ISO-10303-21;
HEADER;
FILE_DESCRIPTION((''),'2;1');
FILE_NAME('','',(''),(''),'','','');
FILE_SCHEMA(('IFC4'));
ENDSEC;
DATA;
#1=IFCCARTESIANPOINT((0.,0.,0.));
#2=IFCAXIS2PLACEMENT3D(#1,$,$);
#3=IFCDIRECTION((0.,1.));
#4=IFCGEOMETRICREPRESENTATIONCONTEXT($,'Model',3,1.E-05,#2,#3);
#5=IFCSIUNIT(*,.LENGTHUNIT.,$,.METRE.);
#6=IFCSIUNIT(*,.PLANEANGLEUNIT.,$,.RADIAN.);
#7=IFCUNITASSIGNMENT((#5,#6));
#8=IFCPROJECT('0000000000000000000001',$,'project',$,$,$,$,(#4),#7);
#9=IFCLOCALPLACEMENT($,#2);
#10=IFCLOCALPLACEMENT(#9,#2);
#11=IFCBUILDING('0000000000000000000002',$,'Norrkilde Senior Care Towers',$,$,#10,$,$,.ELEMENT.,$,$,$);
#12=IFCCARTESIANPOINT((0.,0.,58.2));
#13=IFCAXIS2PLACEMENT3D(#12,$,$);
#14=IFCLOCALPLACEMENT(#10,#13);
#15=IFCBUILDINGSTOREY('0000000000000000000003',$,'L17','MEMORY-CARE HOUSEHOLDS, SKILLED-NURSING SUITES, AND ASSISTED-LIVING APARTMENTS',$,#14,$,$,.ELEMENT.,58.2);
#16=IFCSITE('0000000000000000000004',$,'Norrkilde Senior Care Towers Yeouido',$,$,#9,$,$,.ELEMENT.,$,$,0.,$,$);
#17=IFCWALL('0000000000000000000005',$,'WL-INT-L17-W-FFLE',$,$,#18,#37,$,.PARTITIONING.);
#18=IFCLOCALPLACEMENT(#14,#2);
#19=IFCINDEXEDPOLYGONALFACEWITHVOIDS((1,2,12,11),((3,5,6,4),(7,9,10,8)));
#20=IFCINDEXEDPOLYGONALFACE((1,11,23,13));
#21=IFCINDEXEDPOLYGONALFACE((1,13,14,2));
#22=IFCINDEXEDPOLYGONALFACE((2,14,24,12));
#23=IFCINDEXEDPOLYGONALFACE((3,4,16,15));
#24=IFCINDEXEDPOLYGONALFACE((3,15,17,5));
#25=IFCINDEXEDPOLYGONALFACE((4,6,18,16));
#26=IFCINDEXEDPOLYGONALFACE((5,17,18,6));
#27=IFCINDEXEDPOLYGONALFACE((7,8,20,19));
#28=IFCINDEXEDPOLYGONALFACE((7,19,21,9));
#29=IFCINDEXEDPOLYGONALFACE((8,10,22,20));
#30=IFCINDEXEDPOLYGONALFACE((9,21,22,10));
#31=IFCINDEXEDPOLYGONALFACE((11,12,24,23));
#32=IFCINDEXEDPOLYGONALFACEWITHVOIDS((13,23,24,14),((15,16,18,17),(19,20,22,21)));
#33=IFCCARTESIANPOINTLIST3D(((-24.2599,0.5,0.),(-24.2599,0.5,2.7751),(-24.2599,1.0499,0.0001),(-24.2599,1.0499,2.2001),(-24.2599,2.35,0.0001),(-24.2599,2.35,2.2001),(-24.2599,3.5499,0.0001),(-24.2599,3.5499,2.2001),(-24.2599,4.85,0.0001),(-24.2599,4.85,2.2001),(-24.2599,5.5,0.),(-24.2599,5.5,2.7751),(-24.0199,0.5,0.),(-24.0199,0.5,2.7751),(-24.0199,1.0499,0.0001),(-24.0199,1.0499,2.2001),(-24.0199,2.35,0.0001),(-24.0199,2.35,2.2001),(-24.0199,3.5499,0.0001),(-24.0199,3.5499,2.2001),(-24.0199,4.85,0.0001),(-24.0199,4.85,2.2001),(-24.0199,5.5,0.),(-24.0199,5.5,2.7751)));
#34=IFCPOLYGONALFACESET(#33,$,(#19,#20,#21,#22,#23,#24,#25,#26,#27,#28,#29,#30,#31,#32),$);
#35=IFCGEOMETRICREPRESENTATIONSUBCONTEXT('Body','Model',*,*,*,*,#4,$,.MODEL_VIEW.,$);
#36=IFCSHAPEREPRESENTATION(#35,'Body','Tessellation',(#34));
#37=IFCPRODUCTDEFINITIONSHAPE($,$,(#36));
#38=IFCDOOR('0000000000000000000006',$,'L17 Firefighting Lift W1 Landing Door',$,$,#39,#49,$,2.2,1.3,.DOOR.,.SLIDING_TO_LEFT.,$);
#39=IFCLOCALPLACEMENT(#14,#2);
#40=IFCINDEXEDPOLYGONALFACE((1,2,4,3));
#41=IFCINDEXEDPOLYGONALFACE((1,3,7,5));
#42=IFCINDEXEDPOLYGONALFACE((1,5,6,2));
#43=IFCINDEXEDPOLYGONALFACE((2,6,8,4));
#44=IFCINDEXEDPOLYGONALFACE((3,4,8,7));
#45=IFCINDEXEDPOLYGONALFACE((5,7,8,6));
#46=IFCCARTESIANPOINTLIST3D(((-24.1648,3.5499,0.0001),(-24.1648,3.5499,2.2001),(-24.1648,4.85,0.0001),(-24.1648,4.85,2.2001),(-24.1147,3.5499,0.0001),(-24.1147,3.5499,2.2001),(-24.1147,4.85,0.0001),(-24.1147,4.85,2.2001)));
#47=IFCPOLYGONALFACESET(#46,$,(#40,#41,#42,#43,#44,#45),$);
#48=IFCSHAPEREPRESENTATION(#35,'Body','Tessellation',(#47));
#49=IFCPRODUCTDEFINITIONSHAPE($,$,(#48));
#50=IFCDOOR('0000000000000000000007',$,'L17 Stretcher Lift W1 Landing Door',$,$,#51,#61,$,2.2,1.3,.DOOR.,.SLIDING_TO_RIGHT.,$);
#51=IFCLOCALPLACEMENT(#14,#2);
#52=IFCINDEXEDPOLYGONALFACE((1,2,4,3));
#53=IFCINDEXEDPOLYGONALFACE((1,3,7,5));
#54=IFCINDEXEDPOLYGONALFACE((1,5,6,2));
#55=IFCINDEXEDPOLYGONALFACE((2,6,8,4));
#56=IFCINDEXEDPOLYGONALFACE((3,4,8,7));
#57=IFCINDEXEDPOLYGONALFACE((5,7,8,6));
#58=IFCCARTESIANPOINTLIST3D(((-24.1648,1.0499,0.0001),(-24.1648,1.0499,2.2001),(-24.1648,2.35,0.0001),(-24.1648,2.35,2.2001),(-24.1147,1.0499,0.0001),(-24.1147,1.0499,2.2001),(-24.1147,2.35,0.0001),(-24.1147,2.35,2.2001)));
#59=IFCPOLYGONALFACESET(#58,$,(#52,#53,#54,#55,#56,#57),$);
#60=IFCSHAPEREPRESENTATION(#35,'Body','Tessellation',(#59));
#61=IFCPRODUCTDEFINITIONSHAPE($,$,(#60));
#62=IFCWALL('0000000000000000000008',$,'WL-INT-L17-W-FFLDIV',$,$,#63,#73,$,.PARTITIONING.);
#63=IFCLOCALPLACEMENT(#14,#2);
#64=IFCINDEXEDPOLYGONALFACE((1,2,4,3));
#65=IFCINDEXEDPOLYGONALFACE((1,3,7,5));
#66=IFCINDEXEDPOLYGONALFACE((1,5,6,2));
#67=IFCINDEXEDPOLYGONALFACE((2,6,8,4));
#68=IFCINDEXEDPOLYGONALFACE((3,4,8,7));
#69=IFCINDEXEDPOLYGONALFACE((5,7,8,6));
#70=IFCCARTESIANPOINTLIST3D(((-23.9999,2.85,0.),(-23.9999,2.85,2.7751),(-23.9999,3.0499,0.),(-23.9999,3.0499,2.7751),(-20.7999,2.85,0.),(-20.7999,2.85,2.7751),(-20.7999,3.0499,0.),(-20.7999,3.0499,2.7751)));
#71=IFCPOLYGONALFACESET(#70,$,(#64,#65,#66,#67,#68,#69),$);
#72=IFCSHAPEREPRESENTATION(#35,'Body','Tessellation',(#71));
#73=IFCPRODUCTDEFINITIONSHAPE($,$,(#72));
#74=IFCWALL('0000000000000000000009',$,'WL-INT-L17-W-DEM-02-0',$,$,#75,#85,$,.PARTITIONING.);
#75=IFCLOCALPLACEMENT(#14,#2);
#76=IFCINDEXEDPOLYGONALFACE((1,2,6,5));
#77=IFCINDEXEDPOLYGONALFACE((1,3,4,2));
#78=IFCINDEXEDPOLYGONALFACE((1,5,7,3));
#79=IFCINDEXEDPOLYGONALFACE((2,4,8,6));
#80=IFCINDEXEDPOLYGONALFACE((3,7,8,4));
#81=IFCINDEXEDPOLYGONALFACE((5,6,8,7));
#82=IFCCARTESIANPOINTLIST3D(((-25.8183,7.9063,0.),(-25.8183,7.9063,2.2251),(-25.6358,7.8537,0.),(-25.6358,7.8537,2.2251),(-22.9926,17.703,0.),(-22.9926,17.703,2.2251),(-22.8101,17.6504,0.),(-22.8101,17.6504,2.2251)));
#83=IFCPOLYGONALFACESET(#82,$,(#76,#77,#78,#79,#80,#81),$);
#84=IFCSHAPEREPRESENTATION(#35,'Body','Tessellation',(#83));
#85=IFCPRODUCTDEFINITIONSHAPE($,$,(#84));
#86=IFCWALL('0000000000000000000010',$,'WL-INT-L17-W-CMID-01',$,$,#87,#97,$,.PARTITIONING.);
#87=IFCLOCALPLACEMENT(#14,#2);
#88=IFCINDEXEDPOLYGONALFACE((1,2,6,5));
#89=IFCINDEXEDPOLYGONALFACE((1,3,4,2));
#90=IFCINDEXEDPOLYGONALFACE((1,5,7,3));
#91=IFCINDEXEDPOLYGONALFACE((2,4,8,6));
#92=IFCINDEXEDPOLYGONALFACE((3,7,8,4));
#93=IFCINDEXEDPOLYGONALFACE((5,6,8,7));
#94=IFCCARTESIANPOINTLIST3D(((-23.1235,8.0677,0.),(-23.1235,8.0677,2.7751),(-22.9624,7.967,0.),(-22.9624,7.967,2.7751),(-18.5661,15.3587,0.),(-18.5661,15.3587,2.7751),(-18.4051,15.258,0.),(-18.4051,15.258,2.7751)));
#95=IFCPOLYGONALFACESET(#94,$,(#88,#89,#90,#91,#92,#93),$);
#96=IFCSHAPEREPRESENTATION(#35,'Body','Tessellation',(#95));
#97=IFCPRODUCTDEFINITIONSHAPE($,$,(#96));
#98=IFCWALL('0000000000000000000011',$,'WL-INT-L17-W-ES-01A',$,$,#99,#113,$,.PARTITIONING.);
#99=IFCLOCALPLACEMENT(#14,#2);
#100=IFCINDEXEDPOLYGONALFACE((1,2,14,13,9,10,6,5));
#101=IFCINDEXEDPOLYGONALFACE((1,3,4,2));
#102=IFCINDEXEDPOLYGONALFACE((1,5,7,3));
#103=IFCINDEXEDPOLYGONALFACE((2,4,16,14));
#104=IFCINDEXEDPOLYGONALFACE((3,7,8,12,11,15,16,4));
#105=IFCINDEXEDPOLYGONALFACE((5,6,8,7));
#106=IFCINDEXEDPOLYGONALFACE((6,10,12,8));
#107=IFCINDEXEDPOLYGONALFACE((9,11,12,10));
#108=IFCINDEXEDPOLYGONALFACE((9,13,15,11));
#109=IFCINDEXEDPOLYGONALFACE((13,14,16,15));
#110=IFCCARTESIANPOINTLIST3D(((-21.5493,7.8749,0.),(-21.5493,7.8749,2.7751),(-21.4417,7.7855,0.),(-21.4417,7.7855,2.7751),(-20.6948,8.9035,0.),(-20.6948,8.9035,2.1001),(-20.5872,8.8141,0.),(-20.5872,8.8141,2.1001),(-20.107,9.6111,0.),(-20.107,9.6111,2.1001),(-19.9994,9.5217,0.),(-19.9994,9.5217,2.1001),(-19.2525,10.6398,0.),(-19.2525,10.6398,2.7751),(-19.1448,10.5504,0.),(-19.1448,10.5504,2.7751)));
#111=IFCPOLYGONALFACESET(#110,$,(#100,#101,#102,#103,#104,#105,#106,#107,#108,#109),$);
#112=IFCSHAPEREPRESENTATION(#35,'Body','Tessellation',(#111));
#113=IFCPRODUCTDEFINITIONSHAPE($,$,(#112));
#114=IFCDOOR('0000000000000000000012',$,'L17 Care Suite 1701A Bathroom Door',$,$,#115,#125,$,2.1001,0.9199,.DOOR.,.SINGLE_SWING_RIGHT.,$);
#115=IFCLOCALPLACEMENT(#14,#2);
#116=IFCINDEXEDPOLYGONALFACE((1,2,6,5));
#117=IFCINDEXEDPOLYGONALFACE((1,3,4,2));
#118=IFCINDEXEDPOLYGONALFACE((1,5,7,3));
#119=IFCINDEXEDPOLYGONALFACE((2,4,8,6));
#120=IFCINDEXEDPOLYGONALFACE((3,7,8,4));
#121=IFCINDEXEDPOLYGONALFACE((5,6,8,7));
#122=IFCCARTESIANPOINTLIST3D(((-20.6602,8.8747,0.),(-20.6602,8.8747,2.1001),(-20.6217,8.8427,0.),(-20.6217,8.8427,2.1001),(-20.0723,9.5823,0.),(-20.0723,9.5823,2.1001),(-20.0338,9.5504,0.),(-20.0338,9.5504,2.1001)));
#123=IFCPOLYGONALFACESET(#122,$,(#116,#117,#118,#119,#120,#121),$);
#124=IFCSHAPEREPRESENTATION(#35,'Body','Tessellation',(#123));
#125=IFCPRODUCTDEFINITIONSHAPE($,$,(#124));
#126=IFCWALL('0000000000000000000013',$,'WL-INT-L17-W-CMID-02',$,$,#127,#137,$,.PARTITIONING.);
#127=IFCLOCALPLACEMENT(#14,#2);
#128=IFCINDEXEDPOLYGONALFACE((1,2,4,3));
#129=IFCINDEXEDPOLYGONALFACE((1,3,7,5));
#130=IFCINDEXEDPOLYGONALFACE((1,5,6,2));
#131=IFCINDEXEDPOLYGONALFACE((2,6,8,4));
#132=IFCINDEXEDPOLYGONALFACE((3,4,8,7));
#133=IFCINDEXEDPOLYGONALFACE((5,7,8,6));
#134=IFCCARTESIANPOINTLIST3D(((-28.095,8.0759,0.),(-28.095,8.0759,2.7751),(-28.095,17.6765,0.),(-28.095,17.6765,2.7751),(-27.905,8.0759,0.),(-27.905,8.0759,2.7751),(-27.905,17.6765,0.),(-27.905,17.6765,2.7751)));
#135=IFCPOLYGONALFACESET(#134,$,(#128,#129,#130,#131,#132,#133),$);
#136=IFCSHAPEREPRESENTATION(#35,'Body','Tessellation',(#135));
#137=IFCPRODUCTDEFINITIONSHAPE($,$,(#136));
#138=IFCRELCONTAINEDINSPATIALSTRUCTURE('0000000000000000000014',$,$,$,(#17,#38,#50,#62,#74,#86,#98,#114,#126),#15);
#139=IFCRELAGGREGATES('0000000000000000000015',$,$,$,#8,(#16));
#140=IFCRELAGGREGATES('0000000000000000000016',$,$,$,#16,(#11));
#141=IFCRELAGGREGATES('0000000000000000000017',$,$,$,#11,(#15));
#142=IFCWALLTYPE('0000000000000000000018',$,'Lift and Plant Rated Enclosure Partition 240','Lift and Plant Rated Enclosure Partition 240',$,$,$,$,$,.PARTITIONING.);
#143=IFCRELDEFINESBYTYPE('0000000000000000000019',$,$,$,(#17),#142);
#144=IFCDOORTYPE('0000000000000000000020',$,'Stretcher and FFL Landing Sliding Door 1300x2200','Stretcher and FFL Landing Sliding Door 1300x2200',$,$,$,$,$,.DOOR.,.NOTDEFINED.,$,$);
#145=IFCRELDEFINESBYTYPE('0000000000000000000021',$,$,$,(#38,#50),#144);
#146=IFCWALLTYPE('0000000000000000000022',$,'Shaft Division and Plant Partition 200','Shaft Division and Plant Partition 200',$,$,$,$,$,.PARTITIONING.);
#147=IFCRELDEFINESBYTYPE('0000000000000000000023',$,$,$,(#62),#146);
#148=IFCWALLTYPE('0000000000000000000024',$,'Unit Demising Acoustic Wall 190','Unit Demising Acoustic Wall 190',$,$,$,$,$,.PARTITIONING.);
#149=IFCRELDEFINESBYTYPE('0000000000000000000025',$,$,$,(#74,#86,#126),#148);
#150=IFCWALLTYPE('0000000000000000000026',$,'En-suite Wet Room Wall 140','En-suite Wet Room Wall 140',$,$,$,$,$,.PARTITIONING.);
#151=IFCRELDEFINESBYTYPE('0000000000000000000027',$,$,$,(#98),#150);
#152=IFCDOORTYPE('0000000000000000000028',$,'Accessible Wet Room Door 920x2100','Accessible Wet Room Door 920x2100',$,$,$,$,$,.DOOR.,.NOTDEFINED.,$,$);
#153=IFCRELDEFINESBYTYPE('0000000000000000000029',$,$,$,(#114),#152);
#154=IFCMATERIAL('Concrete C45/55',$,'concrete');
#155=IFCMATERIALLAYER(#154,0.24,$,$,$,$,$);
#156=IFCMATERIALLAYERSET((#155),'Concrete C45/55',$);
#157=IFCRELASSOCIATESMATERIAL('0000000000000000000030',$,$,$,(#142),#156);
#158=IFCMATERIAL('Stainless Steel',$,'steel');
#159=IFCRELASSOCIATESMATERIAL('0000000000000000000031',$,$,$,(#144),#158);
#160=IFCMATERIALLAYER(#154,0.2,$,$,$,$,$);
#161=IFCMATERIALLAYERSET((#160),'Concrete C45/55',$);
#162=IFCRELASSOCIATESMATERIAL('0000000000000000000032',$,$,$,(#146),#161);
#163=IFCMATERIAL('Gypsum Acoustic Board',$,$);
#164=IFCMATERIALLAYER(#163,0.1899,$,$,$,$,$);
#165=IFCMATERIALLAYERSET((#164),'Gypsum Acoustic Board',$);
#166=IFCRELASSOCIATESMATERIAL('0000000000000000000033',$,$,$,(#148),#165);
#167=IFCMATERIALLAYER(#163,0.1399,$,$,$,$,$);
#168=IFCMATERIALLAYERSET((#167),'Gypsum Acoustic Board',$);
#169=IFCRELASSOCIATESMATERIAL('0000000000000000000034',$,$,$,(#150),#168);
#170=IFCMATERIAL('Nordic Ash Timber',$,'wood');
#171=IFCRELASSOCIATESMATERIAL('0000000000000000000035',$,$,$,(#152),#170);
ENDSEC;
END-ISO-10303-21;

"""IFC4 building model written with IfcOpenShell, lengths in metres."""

from ifc_helpers import new_model, si_unit, direction, frame, frame_2d, origin, place, context, subcontext, project, spatial, rectangle, extrude, source, transform, mapped, material, layer, layer_set, type_object, type_shapes, element, fill, save


model = new_model("IFC4")

# Units and contexts
model_context = context("Model", 3, precision=1e-05, world=origin(), true_north=direction((0.0, 1.0)))
body_context = subcontext(model_context, "Body", "Model", "MODEL_VIEW")
ifc_project = project(units=[si_unit("LENGTHUNIT", "METRE"), si_unit("PLANEANGLEUNIT", "RADIAN")], contexts=[model_context])

# Site, building, storey
site_placement = place(None, origin())
site = spatial("IfcSite", under=ifc_project, at=site_placement, Name="Norrkilde Senior Care Towers Yeouido", CompositionType="ELEMENT", RefElevation=0.0)
building_placement = place(site_placement, origin())
building = spatial("IfcBuilding", under=site, at=building_placement, Name="Norrkilde Senior Care Towers", CompositionType="ELEMENT")
storey_placement = place(building_placement, frame((0.0, 0.0, 58.2)))
storey = spatial("IfcBuildingStorey", under=building, at=storey_placement, Name="L17", Description="MEMORY-CARE HOUSEHOLDS, SKILLED-NURSING SUITES, AND ASSISTED-LIVING APARTMENTS", CompositionType="ELEMENT", Elevation=58.2)

# Shared definitions
ifc_material_1 = material(Name="Concrete C45/55", Category="concrete")

# Wall, openings, doors
ifc_layer_1 = layer(ifc_material_1, 0.24)
ifc_layer_set_1 = layer_set([ifc_layer_1], Name="Concrete C45/55")
wall_type_1 = type_object("IfcWallType", Name="Lift and Plant Rated Enclosure Partition 240", Description="Lift and Plant Rated Enclosure Partition 240", PredefinedType="PARTITIONING", material=ifc_layer_set_1)
shared_shape_1 = source(origin(), body_context, "Body", "SweptSolid", [
    extrude(rectangle(XDim=5.0, YDim=0.24, at=frame_2d((2.5, 0.0))), origin(), (0.0, 0.0, 1.0), 2.7751),
])
type_shapes(wall_type_1, [shared_shape_1])
wall_1_placement = place(storey_placement, frame((-24.1399, 0.5, 0.0), z_axis=(0.0, 0.0, 1.0), x_axis=(0.0, 1.0, 0.0)))
wall_1 = element("IfcWall", 1, at=wall_1_placement, inside=storey, type_object=wall_type_1, Name="WL-INT-L17-W-FFLE", PredefinedType="PARTITIONING", context=body_context, shape_type="MappedRepresentation", body=[
    mapped(shared_shape_1, transform((0.0, 0.0, 0.0), x_axis=(1.0, 0.0, 0.0), y_axis=(0.0, 1.0, 0.0), z_axis=(0.0, 0.0, 1.0), scale=1.0)),
])
opening_1_placement = place(wall_1_placement, frame((3.05, 0.0, 0.0)))
opening_1 = element("IfcOpeningElement", 2, at=opening_1_placement, cuts=wall_1, PredefinedType="OPENING", context=body_context, shape_type="SweptSolid", body=[
    extrude(rectangle(XDim=1.3, YDim=2.2, at=frame_2d((0.6499, 1.1001))), frame((0.0, 0.1299, 0.0), z_axis=(0.0, -1.0, 0.0), x_axis=(1.0, 0.0, 0.0)), (0.0, 0.0, 1.0), 0.26),
])
opening_2_placement = place(wall_1_placement, frame((0.55, 0.0, 0.0)))
opening_2 = element("IfcOpeningElement", 3, at=opening_2_placement, cuts=wall_1, PredefinedType="OPENING", context=body_context, shape_type="SweptSolid", body=[
    extrude(rectangle(XDim=1.3, YDim=2.2, at=frame_2d((0.6499, 1.1001))), frame((0.0, 0.1299, 0.0), z_axis=(0.0, -1.0, 0.0), x_axis=(1.0, 0.0, 0.0)), (0.0, 0.0, 1.0), 0.26),
])
ifc_material_2 = material(Name="Stainless Steel", Category="steel")
door_type_1 = type_object("IfcDoorType", Name="Stretcher and FFL Landing Sliding Door 1300x2200", Description="Stretcher and FFL Landing Sliding Door 1300x2200", OperationType="NOTDEFINED", PredefinedType="DOOR", material=ifc_material_2)
shared_shape_2 = source(origin(), body_context, "Body", "SweptSolid", [
    extrude(rectangle(XDim=1.3, YDim=2.2, at=frame_2d((0.6499, 1.1001))), frame((0.0, 0.0249, 0.0), z_axis=(0.0, -1.0, 0.0), x_axis=(1.0, 0.0, 0.0)), (0.0, 0.0, 1.0), 0.05),
])
type_shapes(door_type_1, [shared_shape_2])
door_1_placement = place(opening_1_placement, origin())
door_1 = element("IfcDoor", 4, at=door_1_placement, inside=storey, type_object=door_type_1, Name="L17 Firefighting Lift W1 Landing Door", OperationType="SLIDING_TO_LEFT", OverallHeight=2.2, OverallWidth=1.3, PredefinedType="DOOR", context=body_context, shape_type="MappedRepresentation", body=[
    mapped(shared_shape_2, transform((0.0, 0.0, 0.0), x_axis=(1.0, 0.0, 0.0), y_axis=(0.0, 1.0, 0.0), z_axis=(0.0, 0.0, 1.0), scale=1.0)),
])
fill(opening_1, door_1)
door_2_placement = place(opening_2_placement, origin())
door_2 = element("IfcDoor", 5, at=door_2_placement, inside=storey, type_object=door_type_1, Name="L17 Stretcher Lift W1 Landing Door", OperationType="SLIDING_TO_RIGHT", OverallHeight=2.2, OverallWidth=1.3, PredefinedType="DOOR", context=body_context, shape_type="MappedRepresentation", body=[
    mapped(shared_shape_2, transform((0.0, 0.0, 0.0), x_axis=(1.0, 0.0, 0.0), y_axis=(0.0, 1.0, 0.0), z_axis=(0.0, 0.0, 1.0), scale=1.0)),
])
fill(opening_2, door_2)

# Walls
ifc_layer_2 = layer(ifc_material_1, 0.2)
ifc_layer_set_2 = layer_set([ifc_layer_2], Name="Concrete C45/55")
wall_type_2 = type_object("IfcWallType", Name="Shaft Division and Plant Partition 200", Description="Shaft Division and Plant Partition 200", PredefinedType="PARTITIONING", material=ifc_layer_set_2)
shared_shape_3 = source(origin(), body_context, "Body", "SweptSolid", [
    extrude(rectangle(XDim=3.2, YDim=0.2, at=frame_2d((1.6001, 0.0))), origin(), (0.0, 0.0, 1.0), 2.7751),
])
type_shapes(wall_type_2, [shared_shape_3])
wall_2_placement = place(storey_placement, frame((-24.0, 2.95, 0.0), z_axis=(0.0, 0.0, 1.0), x_axis=(1.0, 0.0, 0.0)))
element("IfcWall", 6, at=wall_2_placement, inside=storey, type_object=wall_type_2, Name="WL-INT-L17-W-FFLDIV", PredefinedType="PARTITIONING", context=body_context, shape_type="MappedRepresentation", body=[
    mapped(shared_shape_3, transform((0.0, 0.0, 0.0), x_axis=(1.0, 0.0, 0.0), y_axis=(0.0, 1.0, 0.0), z_axis=(0.0, 0.0, 1.0), scale=1.0)),
])
ifc_material_3 = material(Name="Gypsum Acoustic Board")
ifc_layer_3 = layer(ifc_material_3, 0.1899)
ifc_layer_set_3 = layer_set([ifc_layer_3], Name="Gypsum Acoustic Board")
wall_type_3 = type_object("IfcWallType", Name="Unit Demising Acoustic Wall 190", Description="Unit Demising Acoustic Wall 190", PredefinedType="PARTITIONING", material=ifc_layer_set_3)
shared_shape_4 = source(origin(), body_context, "Body", "SweptSolid", [
    extrude(rectangle(XDim=10.196, YDim=0.1899, at=frame_2d((5.0981, 0.0))), origin(), (0.0, 0.0, 1.0), 2.2251),
])
wall_3_placement = place(storey_placement, frame((-25.7271, 7.8799, 0.0), z_axis=(0.0, 0.0, 1.0), x_axis=(0.277136, 0.960831, 0.0)))
element("IfcWall", 7, at=wall_3_placement, inside=storey, type_object=wall_type_3, Name="WL-INT-L17-W-DEM-02-0", PredefinedType="PARTITIONING", context=body_context, shape_type="MappedRepresentation", body=[
    mapped(shared_shape_4, transform((0.0, 0.0, 0.0), x_axis=(1.0, 0.0, 0.0), y_axis=(0.0, 1.0, 0.0), z_axis=(0.0, 0.0, 1.0), scale=1.0)),
])
shared_shape_5 = source(origin(), body_context, "Body", "SweptSolid", [
    extrude(rectangle(XDim=8.5981, YDim=0.1899, at=frame_2d((4.2991, 0.0))), origin(), (0.0, 0.0, 1.0), 2.7751),
])
wall_4_placement = place(storey_placement, frame((-23.043, 8.0173, 0.0), z_axis=(0.0, 0.0, 1.0), x_axis=(0.53004, 0.847973, 0.0)))
element("IfcWall", 8, at=wall_4_placement, inside=storey, type_object=wall_type_3, Name="WL-INT-L17-W-CMID-01", PredefinedType="PARTITIONING", context=body_context, shape_type="MappedRepresentation", body=[
    mapped(shared_shape_5, transform((0.0, 0.0, 0.0), x_axis=(1.0, 0.0, 0.0), y_axis=(0.0, 1.0, 0.0), z_axis=(0.0, 0.0, 1.0), scale=1.0)),
])

# Wall, opening, door
ifc_layer_4 = layer(ifc_material_3, 0.1399)
ifc_layer_set_4 = layer_set([ifc_layer_4], Name="Gypsum Acoustic Board")
wall_type_4 = type_object("IfcWallType", Name="En-suite Wet Room Wall 140", Description="En-suite Wet Room Wall 140", PredefinedType="PARTITIONING", material=ifc_layer_set_4)
shared_shape_6 = source(origin(), body_context, "Body", "SweptSolid", [
    extrude(rectangle(XDim=3.5945, YDim=0.1399, at=frame_2d((1.7974, 0.0))), origin(), (0.0, 0.0, 1.0), 2.7751),
])
wall_5_placement = place(storey_placement, frame((-21.4956, 7.8301, 0.0), z_axis=(0.0, 0.0, 1.0), x_axis=(0.639001, 0.769206, 0.0)))
wall_5 = element("IfcWall", 9, at=wall_5_placement, inside=storey, type_object=wall_type_4, Name="WL-INT-L17-W-ES-01A", PredefinedType="PARTITIONING", context=body_context, shape_type="MappedRepresentation", body=[
    mapped(shared_shape_6, transform((0.0, 0.0, 0.0), x_axis=(1.0, 0.0, 0.0), y_axis=(0.0, 1.0, 0.0), z_axis=(0.0, 0.0, 1.0), scale=1.0)),
])
opening_3_placement = place(wall_5_placement, frame((1.3374, 0.0, 0.0)))
opening_3 = element("IfcOpeningElement", 10, at=opening_3_placement, cuts=wall_5, PredefinedType="OPENING", context=body_context, shape_type="SweptSolid", body=[
    extrude(rectangle(XDim=0.9199, YDim=2.1001, at=frame_2d((0.46, 1.05))), frame((0.0, 0.0798, 0.0), z_axis=(0.0, -1.0, 0.0), x_axis=(1.0, 0.0, 0.0)), (0.0, 0.0, 1.0), 0.1599),
])
ifc_material_4 = material(Name="Nordic Ash Timber", Category="wood")
door_type_2 = type_object("IfcDoorType", Name="Accessible Wet Room Door 920x2100", Description="Accessible Wet Room Door 920x2100", OperationType="NOTDEFINED", PredefinedType="DOOR", material=ifc_material_4)
shared_shape_7 = source(origin(), body_context, "Body", "SweptSolid", [
    extrude(rectangle(XDim=0.9199, YDim=2.1001, at=frame_2d((0.46, 1.05))), frame((0.0, 0.0249, 0.0), z_axis=(0.0, -1.0, 0.0), x_axis=(1.0, 0.0, 0.0)), (0.0, 0.0, 1.0), 0.05),
])
type_shapes(door_type_2, [shared_shape_7])
door_3_placement = place(opening_3_placement, origin())
door_3 = element("IfcDoor", 11, at=door_3_placement, inside=storey, type_object=door_type_2, Name="L17 Care Suite 1701A Bathroom Door", OperationType="SINGLE_SWING_RIGHT", OverallHeight=2.1001, OverallWidth=0.9199, PredefinedType="DOOR", context=body_context, shape_type="MappedRepresentation", body=[
    mapped(shared_shape_7, transform((0.0, 0.0, 0.0), x_axis=(1.0, 0.0, 0.0), y_axis=(0.0, 1.0, 0.0), z_axis=(0.0, 0.0, 1.0), scale=1.0)),
])
fill(opening_3, door_3)

# Wall
shared_shape_8 = source(origin(), body_context, "Body", "SweptSolid", [
    extrude(rectangle(XDim=9.6006, YDim=0.1899, at=frame_2d((4.8003, 0.0))), origin(), (0.0, 0.0, 1.0), 2.7751),
])
type_shapes(wall_type_3, [shared_shape_4, shared_shape_5, shared_shape_8])
wall_6_placement = place(storey_placement, frame((-28.0, 8.0759, 0.0), z_axis=(0.0, 0.0, 1.0), x_axis=(0.0, 1.0, 0.0)))
element("IfcWall", 12, at=wall_6_placement, inside=storey, type_object=wall_type_3, Name="WL-INT-L17-W-CMID-02", PredefinedType="PARTITIONING", context=body_context, shape_type="MappedRepresentation", body=[
    mapped(shared_shape_8, transform((0.0, 0.0, 0.0), x_axis=(1.0, 0.0, 0.0), y_axis=(0.0, 1.0, 0.0), z_axis=(0.0, 0.0, 1.0), scale=1.0)),
])

save(model, "model.ifc")
